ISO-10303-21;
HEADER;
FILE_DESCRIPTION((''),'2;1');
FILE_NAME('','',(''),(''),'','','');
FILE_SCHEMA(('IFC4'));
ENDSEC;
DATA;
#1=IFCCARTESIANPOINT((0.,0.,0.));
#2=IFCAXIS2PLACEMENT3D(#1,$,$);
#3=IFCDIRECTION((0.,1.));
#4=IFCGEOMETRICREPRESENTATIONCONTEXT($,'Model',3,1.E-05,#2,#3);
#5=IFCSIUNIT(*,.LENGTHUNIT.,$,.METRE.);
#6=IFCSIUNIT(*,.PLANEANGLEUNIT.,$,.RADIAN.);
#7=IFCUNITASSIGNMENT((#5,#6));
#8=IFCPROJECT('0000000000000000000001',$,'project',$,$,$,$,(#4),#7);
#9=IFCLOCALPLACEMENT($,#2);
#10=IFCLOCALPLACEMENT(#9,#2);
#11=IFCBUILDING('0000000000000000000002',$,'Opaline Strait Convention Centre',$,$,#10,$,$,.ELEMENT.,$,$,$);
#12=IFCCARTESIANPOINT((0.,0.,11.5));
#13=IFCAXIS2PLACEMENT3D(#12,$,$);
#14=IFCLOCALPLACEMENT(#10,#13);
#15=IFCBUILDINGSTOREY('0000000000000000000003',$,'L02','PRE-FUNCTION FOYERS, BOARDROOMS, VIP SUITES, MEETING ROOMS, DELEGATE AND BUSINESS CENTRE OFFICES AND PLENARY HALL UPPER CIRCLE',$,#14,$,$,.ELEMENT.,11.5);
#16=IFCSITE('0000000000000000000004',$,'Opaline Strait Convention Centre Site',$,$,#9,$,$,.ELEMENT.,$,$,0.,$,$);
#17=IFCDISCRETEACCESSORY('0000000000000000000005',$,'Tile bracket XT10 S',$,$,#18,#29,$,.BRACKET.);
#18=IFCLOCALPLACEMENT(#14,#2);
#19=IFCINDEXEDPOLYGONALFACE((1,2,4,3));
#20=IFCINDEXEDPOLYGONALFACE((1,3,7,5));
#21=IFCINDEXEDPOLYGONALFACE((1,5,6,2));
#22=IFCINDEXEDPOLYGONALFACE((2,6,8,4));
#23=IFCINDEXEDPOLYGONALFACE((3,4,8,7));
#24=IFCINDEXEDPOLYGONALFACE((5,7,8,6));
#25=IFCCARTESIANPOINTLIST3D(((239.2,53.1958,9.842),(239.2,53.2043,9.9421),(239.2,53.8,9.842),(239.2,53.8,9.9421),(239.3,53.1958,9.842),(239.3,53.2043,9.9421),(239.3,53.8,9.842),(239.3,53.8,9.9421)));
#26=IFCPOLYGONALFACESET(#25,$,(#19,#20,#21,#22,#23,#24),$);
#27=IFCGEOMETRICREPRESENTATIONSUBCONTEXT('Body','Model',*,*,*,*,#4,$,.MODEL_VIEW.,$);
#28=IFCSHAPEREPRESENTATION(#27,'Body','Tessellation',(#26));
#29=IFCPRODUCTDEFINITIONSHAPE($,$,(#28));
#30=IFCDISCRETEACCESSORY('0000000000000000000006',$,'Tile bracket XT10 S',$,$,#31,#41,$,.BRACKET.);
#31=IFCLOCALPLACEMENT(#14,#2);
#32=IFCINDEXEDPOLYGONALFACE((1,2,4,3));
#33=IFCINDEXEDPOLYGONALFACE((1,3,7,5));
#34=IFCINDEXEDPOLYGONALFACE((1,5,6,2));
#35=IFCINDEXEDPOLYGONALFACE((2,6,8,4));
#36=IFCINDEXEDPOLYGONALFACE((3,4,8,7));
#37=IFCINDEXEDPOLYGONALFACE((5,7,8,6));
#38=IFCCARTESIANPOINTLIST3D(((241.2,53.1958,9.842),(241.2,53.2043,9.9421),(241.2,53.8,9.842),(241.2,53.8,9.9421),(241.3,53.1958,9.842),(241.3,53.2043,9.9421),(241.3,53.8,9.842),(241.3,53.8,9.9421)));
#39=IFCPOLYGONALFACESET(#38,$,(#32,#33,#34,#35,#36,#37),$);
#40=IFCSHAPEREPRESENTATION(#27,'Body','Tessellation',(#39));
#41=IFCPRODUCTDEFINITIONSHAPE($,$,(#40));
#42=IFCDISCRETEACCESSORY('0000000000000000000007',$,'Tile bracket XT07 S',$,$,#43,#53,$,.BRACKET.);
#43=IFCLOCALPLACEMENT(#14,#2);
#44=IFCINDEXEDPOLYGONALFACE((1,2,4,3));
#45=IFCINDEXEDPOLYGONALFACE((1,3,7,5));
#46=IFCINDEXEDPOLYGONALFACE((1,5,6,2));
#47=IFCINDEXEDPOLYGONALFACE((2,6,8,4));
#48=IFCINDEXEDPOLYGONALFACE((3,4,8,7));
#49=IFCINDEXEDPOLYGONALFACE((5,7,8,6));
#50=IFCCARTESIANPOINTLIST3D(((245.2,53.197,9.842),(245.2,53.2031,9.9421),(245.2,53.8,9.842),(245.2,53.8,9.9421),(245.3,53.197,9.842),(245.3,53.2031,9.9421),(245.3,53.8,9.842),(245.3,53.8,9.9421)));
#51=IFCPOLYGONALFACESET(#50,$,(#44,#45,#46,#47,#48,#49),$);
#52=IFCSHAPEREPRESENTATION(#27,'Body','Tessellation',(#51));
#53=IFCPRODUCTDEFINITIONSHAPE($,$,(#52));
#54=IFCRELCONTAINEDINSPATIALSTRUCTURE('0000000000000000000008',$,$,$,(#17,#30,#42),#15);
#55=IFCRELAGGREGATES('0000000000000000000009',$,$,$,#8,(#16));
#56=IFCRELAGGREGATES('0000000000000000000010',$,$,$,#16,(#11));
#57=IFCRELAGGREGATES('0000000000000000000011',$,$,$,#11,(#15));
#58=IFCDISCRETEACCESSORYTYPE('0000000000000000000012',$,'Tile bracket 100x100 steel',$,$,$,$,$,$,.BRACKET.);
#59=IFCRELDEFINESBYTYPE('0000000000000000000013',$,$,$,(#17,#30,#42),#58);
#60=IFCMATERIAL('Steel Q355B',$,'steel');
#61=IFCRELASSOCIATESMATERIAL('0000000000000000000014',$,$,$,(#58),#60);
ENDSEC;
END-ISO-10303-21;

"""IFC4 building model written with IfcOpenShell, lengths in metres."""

from ifc_helpers import new_model, si_unit, direction, frame, origin, place, context, subcontext, project, spatial, polyline, outline, extrude, material, type_object, element, save


model = new_model("IFC4")

# Units and contexts
model_context = context("Model", 3, precision=1e-05, world=origin(), true_north=direction((0.0, 1.0)))
body_context = subcontext(model_context, "Body", "Model", "MODEL_VIEW")
ifc_project = project(units=[si_unit("LENGTHUNIT", "METRE"), si_unit("PLANEANGLEUNIT", "RADIAN")], contexts=[model_context])

# Site, building, storey
site_placement = place(None, origin())
site = spatial("IfcSite", under=ifc_project, at=site_placement, Name="Opaline Strait Convention Centre Site", CompositionType="ELEMENT", RefElevation=0.0)
building_placement = place(site_placement, origin())
building = spatial("IfcBuilding", under=site, at=building_placement, Name="Opaline Strait Convention Centre", CompositionType="ELEMENT")
storey_placement = place(building_placement, frame((0.0, 0.0, 11.5)))
storey = spatial("IfcBuildingStorey", under=building, at=storey_placement, Name="L02", Description="PRE-FUNCTION FOYERS, BOARDROOMS, VIP SUITES, MEETING ROOMS, DELEGATE AND BUSINESS CENTRE OFFICES AND PLENARY HALL UPPER CIRCLE", CompositionType="ELEMENT", Elevation=11.5)

# Shared definitions
ifc_material_1 = material(Name="Steel Q355B", Category="steel")

# Discrete accessories
discrete_accessory_type = type_object("IfcDiscreteAccessoryType", Name="Tile bracket 100x100 steel", PredefinedType="BRACKET", material=ifc_material_1)
for number, where, z_axis, x_axis, name in (
    (1, (239.2, 53.8, 9.8921), (1.0, 0.0, 0.0), (0.0, 1.0, 0.0), "Tile bracket XT10 S"),
    (2, (241.2, 53.8, 9.8921), (1.0, 0.0, 0.0), (0.0, 1.0, 0.0), "Tile bracket XT10 S"),
):
    element("IfcDiscreteAccessory", number, at=place(storey_placement, frame(where, z_axis=z_axis, x_axis=x_axis)), inside=storey, type_object=discrete_accessory_type, Name=name, PredefinedType="BRACKET", context=body_context, shape_type="SweptSolid", body=[
        extrude(outline(polyline([(0.0, -0.05), (0.0, 0.05), (-0.5957, 0.05), (-0.6042, -0.05), (0.0, -0.05)])), origin(), (0.0, 0.0, 1.0), 0.1001),
    ])
discrete_accessory_1_placement = place(storey_placement, frame((245.2, 53.8, 9.8921), z_axis=(1.0, 0.0, 0.0), x_axis=(0.0, 1.0, 0.0)))
element("IfcDiscreteAccessory", 3, at=discrete_accessory_1_placement, inside=storey, type_object=discrete_accessory_type, Name="Tile bracket XT07 S", PredefinedType="BRACKET", context=body_context, shape_type="SweptSolid", body=[
    extrude(outline(polyline([(0.0, -0.05), (0.0, 0.05), (-0.5969, 0.05), (-0.603, -0.05), (0.0, -0.05)])), origin(), (0.0, 0.0, 1.0), 0.1001),
])

save(model, "model.ifc")
